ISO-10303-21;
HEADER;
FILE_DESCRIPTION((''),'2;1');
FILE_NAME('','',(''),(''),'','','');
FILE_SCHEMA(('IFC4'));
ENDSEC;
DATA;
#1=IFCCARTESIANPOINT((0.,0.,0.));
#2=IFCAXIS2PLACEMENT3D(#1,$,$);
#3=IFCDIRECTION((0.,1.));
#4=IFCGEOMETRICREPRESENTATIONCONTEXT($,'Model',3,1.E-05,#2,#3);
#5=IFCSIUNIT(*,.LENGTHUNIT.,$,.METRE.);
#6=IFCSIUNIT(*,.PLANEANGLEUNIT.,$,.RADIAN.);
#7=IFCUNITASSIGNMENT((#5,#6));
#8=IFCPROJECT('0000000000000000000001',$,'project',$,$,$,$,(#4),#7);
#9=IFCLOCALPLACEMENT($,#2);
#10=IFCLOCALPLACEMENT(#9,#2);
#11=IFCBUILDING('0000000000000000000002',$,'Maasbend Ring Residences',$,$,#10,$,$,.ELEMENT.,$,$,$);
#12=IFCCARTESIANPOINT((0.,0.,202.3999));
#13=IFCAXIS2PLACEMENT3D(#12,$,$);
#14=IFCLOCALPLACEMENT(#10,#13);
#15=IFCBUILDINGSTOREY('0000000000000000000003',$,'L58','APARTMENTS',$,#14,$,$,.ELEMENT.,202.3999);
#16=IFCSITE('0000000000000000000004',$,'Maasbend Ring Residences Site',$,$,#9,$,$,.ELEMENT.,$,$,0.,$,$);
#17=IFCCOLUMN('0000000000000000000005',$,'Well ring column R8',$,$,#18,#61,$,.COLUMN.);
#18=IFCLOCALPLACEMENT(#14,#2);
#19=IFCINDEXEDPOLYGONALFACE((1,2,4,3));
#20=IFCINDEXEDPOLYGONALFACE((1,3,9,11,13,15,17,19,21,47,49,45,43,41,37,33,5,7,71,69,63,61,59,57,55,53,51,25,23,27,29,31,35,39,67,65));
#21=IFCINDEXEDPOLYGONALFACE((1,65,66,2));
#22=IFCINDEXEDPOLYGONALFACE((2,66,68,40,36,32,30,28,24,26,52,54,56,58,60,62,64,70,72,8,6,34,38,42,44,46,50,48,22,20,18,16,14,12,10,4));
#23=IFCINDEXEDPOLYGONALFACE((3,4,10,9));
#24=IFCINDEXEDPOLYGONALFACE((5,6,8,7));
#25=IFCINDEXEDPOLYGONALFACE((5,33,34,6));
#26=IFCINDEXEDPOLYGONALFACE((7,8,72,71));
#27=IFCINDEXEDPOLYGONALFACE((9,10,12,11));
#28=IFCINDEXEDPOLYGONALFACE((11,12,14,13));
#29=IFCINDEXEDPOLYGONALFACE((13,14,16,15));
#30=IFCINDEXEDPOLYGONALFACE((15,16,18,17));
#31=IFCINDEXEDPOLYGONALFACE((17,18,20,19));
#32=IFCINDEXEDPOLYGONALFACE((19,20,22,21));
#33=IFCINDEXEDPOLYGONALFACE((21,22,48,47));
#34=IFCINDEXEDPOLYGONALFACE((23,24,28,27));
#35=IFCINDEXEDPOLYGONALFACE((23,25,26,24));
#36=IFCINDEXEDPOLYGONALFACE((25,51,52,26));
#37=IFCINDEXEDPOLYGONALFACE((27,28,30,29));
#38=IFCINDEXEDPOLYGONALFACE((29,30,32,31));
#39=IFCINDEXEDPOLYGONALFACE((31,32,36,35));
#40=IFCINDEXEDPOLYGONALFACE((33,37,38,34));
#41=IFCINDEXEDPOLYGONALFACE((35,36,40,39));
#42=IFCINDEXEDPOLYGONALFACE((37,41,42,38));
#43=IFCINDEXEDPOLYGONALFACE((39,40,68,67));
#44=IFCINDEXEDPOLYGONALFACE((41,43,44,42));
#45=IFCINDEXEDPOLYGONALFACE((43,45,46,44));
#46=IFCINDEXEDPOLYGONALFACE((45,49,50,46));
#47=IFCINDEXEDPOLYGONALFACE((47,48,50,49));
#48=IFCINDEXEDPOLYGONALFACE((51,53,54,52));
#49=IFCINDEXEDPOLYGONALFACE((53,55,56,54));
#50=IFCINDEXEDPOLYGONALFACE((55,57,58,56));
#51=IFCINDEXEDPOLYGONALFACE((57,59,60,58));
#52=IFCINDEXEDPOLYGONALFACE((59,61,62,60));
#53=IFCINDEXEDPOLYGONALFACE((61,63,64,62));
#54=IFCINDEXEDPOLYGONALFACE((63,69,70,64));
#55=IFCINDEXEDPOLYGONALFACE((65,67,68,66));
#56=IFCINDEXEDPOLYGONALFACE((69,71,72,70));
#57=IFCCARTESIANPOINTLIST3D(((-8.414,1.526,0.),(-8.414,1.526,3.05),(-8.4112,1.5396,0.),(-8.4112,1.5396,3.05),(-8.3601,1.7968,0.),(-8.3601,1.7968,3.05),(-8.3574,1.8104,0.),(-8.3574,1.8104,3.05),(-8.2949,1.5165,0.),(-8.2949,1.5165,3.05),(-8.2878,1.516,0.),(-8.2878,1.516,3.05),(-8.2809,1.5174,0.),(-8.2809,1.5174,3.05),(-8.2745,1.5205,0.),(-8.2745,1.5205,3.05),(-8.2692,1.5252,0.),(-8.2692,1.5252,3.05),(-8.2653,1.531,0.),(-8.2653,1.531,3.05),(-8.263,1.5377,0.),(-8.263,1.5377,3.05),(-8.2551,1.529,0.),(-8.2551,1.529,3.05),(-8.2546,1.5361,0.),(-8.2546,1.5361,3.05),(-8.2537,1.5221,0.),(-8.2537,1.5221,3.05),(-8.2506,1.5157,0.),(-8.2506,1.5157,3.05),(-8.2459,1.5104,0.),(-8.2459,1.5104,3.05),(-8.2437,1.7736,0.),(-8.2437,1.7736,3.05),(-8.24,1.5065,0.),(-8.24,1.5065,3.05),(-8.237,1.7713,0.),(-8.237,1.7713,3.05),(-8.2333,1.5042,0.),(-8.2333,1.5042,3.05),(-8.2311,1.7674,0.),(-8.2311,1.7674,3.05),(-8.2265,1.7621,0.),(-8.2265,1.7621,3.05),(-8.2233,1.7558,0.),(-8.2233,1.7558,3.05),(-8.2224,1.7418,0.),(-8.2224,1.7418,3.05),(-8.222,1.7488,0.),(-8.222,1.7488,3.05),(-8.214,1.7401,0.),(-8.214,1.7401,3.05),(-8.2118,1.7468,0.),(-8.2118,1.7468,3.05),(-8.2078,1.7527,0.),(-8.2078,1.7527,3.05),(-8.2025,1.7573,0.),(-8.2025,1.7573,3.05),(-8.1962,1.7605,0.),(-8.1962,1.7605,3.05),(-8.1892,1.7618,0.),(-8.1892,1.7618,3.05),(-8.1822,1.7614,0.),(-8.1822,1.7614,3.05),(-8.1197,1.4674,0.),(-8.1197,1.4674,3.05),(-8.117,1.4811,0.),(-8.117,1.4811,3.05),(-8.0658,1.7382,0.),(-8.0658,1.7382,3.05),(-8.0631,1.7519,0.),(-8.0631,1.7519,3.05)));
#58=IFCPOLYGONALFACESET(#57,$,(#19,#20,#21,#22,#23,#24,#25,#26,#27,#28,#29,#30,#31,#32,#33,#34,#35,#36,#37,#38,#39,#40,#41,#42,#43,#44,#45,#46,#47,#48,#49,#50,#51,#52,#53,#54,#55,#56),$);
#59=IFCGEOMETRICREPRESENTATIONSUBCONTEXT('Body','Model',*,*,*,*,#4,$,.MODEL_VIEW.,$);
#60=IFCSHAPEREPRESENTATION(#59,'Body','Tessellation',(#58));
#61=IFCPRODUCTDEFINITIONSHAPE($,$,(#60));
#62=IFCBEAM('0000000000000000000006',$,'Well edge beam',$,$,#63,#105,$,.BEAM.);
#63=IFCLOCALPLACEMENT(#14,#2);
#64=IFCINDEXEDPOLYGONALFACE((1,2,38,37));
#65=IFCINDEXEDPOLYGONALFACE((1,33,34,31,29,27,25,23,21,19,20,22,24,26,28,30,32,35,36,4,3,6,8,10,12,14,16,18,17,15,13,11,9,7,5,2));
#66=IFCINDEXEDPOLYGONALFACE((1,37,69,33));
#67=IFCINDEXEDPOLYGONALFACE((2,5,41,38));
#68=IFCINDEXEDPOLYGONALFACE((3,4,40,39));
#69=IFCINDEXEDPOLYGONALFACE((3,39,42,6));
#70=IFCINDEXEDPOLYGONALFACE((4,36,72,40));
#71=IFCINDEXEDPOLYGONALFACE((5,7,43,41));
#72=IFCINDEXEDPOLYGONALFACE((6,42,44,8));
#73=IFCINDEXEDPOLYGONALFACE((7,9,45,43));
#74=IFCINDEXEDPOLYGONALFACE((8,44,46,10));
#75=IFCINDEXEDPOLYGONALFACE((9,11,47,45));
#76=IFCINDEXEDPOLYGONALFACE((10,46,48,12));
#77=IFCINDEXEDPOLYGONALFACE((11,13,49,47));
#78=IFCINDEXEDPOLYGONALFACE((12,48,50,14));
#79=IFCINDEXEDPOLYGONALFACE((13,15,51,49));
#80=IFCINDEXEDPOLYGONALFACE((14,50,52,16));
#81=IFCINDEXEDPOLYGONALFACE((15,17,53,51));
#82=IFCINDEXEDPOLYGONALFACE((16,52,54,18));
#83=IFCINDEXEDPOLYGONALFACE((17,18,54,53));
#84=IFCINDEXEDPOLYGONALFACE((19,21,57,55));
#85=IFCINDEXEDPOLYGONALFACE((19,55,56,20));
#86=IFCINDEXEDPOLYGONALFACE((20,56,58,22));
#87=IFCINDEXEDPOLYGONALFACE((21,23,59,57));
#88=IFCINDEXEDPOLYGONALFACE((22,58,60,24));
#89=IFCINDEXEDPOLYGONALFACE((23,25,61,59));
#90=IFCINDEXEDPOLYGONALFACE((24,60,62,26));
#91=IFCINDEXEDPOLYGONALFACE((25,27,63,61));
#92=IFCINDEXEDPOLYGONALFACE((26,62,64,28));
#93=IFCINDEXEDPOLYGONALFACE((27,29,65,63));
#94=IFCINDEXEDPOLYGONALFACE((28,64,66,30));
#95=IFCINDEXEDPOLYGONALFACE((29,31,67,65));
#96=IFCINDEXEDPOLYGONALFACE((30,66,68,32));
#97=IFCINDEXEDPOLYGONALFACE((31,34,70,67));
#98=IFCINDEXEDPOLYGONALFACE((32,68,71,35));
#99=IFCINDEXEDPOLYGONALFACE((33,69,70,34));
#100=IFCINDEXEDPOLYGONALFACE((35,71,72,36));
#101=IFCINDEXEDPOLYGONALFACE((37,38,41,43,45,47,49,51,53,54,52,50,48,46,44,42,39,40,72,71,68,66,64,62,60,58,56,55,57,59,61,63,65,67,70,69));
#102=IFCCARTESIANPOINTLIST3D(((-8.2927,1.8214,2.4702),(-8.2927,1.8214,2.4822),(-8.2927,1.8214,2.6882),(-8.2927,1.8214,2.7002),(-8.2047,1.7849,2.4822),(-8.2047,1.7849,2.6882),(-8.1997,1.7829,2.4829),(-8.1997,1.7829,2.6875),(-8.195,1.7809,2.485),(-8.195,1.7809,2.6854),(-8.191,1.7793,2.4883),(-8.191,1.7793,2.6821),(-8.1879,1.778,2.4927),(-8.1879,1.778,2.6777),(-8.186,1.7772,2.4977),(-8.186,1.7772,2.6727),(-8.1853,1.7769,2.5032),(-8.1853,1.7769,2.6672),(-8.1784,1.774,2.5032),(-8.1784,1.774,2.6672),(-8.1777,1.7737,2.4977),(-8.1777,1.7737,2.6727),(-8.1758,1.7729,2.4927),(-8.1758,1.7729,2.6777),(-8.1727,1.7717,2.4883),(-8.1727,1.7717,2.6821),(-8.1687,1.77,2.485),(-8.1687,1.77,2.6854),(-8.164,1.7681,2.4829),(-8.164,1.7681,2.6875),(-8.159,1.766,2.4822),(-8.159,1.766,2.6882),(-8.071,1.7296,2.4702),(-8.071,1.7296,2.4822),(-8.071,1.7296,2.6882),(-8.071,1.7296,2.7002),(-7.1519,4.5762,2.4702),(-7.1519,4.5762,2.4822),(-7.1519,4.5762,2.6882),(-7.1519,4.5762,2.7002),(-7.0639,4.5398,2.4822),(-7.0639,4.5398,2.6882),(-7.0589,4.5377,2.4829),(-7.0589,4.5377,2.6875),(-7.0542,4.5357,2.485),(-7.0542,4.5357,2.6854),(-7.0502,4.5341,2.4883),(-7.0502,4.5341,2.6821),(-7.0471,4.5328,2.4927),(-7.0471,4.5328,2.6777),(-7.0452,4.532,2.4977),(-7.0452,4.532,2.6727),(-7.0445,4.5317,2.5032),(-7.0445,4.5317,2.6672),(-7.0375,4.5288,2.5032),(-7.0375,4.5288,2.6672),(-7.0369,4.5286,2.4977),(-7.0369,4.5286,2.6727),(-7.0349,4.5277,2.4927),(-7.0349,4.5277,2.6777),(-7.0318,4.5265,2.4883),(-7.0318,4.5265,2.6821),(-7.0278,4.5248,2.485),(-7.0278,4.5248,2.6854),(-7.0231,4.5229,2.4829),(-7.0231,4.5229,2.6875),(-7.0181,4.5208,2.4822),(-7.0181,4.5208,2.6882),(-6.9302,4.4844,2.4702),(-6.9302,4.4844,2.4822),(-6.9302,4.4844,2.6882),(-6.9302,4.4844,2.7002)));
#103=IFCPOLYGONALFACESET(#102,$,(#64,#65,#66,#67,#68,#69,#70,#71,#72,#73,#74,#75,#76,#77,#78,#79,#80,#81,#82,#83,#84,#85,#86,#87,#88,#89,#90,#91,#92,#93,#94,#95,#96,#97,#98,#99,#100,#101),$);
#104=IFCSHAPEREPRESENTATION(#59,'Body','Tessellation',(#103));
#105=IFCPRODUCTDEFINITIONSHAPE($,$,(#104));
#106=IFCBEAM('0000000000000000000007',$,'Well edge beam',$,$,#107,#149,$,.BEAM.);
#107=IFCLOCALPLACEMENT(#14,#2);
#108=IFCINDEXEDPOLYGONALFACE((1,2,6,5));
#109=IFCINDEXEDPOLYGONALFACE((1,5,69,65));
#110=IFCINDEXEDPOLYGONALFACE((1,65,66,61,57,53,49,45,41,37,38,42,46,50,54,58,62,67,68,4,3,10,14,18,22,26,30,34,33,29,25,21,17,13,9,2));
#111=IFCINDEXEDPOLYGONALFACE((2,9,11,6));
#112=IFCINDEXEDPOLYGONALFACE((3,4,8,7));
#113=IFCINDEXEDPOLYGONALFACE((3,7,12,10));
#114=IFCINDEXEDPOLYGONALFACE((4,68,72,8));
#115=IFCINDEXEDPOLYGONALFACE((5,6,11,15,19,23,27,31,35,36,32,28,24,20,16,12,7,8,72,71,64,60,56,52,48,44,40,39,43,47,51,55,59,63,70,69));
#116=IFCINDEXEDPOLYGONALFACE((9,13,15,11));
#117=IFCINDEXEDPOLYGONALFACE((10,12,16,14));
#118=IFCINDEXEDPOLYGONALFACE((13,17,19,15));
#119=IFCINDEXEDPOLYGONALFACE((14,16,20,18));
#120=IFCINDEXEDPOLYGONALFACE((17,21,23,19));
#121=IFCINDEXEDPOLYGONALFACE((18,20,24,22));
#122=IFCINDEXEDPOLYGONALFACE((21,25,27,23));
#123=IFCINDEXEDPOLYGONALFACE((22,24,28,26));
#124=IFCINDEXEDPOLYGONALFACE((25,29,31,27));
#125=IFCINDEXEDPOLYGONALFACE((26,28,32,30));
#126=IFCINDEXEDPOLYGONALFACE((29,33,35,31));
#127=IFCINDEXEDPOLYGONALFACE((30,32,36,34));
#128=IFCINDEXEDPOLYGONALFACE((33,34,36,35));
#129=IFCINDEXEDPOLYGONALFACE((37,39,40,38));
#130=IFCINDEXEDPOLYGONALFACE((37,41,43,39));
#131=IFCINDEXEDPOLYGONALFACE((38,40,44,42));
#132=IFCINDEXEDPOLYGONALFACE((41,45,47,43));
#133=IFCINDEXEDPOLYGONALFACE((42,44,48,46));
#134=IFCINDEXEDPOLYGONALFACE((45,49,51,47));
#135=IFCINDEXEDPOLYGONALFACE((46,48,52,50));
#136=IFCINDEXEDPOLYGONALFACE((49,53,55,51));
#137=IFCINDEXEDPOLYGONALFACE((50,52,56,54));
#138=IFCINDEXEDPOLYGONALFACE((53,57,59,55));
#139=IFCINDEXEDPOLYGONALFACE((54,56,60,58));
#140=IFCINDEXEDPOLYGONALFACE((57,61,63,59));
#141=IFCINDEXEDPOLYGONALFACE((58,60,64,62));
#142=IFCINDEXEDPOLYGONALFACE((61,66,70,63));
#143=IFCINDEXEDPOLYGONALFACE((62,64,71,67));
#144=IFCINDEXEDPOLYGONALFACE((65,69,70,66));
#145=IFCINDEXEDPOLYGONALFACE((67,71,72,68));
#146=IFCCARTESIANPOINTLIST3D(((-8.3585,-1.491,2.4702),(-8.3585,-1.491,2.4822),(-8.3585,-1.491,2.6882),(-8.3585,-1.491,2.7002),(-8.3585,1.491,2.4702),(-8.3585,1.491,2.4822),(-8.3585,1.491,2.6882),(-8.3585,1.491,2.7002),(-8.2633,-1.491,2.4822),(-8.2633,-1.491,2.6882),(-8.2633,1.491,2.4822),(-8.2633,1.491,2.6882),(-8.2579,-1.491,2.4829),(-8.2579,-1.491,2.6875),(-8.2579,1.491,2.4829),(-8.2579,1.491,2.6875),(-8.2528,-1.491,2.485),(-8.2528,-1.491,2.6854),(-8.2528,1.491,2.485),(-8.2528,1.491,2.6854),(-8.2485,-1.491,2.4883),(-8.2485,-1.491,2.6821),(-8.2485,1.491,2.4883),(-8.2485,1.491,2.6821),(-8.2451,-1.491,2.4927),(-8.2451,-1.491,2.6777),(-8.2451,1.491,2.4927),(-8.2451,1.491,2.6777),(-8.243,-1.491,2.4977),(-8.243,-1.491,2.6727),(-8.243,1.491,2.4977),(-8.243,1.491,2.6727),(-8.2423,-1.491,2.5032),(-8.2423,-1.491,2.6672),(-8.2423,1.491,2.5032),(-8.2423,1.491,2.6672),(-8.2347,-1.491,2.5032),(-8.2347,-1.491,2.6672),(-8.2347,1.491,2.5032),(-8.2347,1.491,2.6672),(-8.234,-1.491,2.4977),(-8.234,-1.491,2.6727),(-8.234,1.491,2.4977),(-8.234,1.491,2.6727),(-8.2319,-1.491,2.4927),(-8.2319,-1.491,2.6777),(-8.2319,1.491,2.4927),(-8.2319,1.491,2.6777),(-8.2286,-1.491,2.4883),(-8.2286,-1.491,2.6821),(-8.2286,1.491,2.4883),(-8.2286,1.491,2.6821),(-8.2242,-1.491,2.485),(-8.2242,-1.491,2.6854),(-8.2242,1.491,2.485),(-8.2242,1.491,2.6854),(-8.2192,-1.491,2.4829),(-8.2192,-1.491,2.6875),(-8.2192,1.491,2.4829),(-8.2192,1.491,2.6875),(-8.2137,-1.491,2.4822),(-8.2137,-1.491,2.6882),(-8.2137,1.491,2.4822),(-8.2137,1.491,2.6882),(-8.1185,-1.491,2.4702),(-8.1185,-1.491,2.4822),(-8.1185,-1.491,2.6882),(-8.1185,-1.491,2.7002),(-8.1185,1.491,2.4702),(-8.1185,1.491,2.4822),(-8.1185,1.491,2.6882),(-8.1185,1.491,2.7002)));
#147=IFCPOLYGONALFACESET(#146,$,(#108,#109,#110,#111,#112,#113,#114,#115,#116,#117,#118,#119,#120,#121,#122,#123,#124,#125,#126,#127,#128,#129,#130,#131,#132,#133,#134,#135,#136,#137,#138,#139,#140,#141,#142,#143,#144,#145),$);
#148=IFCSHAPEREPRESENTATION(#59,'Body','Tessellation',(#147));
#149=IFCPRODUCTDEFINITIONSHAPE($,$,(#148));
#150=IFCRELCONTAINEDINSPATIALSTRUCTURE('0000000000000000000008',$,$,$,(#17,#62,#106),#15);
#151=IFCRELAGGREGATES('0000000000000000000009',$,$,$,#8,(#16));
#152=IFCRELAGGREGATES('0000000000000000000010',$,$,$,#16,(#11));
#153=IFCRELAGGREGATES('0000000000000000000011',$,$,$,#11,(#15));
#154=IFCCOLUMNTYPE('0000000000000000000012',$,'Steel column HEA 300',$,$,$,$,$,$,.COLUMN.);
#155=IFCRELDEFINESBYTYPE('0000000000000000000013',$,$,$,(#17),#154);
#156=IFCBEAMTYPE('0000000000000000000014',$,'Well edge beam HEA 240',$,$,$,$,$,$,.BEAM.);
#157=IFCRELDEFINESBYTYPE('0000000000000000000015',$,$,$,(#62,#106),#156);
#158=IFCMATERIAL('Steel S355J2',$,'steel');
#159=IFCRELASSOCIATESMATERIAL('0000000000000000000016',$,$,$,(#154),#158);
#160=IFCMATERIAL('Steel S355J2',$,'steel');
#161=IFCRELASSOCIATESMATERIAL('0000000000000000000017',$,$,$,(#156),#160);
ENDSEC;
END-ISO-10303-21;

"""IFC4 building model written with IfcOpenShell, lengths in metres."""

from ifc_helpers import new_model, si_unit, direction, frame, origin, origin_2d, place, context, subcontext, project, spatial, i_section, extrude, material, material_profile, profile_set, type_object, element, save


model = new_model("IFC4")

# Units and contexts
model_context = context("Model", 3, precision=1e-05, world=origin(), true_north=direction((0.0, 1.0)))
body_context = subcontext(model_context, "Body", "Model", "MODEL_VIEW")
ifc_project = project(units=[si_unit("LENGTHUNIT", "METRE"), si_unit("PLANEANGLEUNIT", "RADIAN")], contexts=[model_context])

# Site, building, storey
site_placement = place(None, origin())
site = spatial("IfcSite", under=ifc_project, at=site_placement, Name="Maasbend Ring Residences Site", CompositionType="ELEMENT", RefElevation=0.0)
building_placement = place(site_placement, origin())
building = spatial("IfcBuilding", under=site, at=building_placement, Name="Maasbend Ring Residences", CompositionType="ELEMENT")
storey_placement = place(building_placement, frame((0.0, 0.0, 202.3999)))
storey = spatial("IfcBuildingStorey", under=building, at=storey_placement, Name="L58", Description="APARTMENTS", CompositionType="ELEMENT", Elevation=202.3999)

# Column
ifc_material_1 = material(Name="Steel S355J2", Category="steel")
ifc_material_profile_1 = material_profile(ifc_material_1, i_section(OverallWidth=0.3, OverallDepth=0.29, WebThickness=0.0085, FlangeThickness=0.0139, FilletRadius=0.0271, at=origin_2d()), Name="HEA 300")
ifc_profile_set_1 = profile_set([ifc_material_profile_1], Name="Steel S355J2")
column_type = type_object("IfcColumnType", Name="Steel column HEA 300", PredefinedType="COLUMN", material=ifc_profile_set_1)
column_placement = place(storey_placement, frame((-8.2385, 1.6389, 0.0), z_axis=(0.0, 0.0, 1.0), x_axis=(-0.980785, 0.19509, 0.0)))
element("IfcColumn", 1, at=column_placement, inside=storey, type_object=column_type, Name="Well ring column R8", PredefinedType="COLUMN", context=body_context, shape_type="SweptSolid", body=[
    extrude(i_section(OverallWidth=0.3, OverallDepth=0.29, WebThickness=0.0085, FlangeThickness=0.0139, FilletRadius=0.0271, at=origin_2d()), origin(), (0.0, 0.0, 1.0), 3.05),
])

# Beams
ifc_material_2 = material(Name="Steel S355J2", Category="steel")
ifc_material_profile_2 = material_profile(ifc_material_2, i_section(OverallWidth=0.24, OverallDepth=0.23, WebThickness=0.0076, FlangeThickness=0.012, FilletRadius=0.021, at=origin_2d()), Name="HEA 240")
ifc_profile_set_2 = profile_set([ifc_material_profile_2], Name="Steel S355J2")
beam_type = type_object("IfcBeamType", Name="Well edge beam HEA 240", PredefinedType="BEAM", material=ifc_profile_set_2)
beam_1_placement = place(storey_placement, frame((-7.041, 4.5303, 2.5852), z_axis=(-0.382615, -0.923908, 0.0), x_axis=(0.923908, -0.382615, 0.0)))
element("IfcBeam", 2, at=beam_1_placement, inside=storey, type_object=beam_type, Name="Well edge beam", PredefinedType="BEAM", context=body_context, shape_type="SweptSolid", body=[
    extrude(i_section(OverallWidth=0.24, OverallDepth=0.23, WebThickness=0.0076, FlangeThickness=0.012, FilletRadius=0.021, at=origin_2d()), origin(), (0.0, 0.0, 1.0), 2.9817),
])
beam_2_placement = place(storey_placement, frame((-8.2385, 1.491, 2.5852), z_axis=(0.0, -1.0, 0.0), x_axis=(1.0, 0.0, 0.0)))
element("IfcBeam", 3, at=beam_2_placement, inside=storey, type_object=beam_type, Name="Well edge beam", PredefinedType="BEAM", context=body_context, shape_type="SweptSolid", body=[
    extrude(i_section(OverallWidth=0.24, OverallDepth=0.23, WebThickness=0.0076, FlangeThickness=0.012, FilletRadius=0.021, at=origin_2d()), origin(), (0.0, 0.0, 1.0), 2.9819),
])

save(model, "model.ifc")
